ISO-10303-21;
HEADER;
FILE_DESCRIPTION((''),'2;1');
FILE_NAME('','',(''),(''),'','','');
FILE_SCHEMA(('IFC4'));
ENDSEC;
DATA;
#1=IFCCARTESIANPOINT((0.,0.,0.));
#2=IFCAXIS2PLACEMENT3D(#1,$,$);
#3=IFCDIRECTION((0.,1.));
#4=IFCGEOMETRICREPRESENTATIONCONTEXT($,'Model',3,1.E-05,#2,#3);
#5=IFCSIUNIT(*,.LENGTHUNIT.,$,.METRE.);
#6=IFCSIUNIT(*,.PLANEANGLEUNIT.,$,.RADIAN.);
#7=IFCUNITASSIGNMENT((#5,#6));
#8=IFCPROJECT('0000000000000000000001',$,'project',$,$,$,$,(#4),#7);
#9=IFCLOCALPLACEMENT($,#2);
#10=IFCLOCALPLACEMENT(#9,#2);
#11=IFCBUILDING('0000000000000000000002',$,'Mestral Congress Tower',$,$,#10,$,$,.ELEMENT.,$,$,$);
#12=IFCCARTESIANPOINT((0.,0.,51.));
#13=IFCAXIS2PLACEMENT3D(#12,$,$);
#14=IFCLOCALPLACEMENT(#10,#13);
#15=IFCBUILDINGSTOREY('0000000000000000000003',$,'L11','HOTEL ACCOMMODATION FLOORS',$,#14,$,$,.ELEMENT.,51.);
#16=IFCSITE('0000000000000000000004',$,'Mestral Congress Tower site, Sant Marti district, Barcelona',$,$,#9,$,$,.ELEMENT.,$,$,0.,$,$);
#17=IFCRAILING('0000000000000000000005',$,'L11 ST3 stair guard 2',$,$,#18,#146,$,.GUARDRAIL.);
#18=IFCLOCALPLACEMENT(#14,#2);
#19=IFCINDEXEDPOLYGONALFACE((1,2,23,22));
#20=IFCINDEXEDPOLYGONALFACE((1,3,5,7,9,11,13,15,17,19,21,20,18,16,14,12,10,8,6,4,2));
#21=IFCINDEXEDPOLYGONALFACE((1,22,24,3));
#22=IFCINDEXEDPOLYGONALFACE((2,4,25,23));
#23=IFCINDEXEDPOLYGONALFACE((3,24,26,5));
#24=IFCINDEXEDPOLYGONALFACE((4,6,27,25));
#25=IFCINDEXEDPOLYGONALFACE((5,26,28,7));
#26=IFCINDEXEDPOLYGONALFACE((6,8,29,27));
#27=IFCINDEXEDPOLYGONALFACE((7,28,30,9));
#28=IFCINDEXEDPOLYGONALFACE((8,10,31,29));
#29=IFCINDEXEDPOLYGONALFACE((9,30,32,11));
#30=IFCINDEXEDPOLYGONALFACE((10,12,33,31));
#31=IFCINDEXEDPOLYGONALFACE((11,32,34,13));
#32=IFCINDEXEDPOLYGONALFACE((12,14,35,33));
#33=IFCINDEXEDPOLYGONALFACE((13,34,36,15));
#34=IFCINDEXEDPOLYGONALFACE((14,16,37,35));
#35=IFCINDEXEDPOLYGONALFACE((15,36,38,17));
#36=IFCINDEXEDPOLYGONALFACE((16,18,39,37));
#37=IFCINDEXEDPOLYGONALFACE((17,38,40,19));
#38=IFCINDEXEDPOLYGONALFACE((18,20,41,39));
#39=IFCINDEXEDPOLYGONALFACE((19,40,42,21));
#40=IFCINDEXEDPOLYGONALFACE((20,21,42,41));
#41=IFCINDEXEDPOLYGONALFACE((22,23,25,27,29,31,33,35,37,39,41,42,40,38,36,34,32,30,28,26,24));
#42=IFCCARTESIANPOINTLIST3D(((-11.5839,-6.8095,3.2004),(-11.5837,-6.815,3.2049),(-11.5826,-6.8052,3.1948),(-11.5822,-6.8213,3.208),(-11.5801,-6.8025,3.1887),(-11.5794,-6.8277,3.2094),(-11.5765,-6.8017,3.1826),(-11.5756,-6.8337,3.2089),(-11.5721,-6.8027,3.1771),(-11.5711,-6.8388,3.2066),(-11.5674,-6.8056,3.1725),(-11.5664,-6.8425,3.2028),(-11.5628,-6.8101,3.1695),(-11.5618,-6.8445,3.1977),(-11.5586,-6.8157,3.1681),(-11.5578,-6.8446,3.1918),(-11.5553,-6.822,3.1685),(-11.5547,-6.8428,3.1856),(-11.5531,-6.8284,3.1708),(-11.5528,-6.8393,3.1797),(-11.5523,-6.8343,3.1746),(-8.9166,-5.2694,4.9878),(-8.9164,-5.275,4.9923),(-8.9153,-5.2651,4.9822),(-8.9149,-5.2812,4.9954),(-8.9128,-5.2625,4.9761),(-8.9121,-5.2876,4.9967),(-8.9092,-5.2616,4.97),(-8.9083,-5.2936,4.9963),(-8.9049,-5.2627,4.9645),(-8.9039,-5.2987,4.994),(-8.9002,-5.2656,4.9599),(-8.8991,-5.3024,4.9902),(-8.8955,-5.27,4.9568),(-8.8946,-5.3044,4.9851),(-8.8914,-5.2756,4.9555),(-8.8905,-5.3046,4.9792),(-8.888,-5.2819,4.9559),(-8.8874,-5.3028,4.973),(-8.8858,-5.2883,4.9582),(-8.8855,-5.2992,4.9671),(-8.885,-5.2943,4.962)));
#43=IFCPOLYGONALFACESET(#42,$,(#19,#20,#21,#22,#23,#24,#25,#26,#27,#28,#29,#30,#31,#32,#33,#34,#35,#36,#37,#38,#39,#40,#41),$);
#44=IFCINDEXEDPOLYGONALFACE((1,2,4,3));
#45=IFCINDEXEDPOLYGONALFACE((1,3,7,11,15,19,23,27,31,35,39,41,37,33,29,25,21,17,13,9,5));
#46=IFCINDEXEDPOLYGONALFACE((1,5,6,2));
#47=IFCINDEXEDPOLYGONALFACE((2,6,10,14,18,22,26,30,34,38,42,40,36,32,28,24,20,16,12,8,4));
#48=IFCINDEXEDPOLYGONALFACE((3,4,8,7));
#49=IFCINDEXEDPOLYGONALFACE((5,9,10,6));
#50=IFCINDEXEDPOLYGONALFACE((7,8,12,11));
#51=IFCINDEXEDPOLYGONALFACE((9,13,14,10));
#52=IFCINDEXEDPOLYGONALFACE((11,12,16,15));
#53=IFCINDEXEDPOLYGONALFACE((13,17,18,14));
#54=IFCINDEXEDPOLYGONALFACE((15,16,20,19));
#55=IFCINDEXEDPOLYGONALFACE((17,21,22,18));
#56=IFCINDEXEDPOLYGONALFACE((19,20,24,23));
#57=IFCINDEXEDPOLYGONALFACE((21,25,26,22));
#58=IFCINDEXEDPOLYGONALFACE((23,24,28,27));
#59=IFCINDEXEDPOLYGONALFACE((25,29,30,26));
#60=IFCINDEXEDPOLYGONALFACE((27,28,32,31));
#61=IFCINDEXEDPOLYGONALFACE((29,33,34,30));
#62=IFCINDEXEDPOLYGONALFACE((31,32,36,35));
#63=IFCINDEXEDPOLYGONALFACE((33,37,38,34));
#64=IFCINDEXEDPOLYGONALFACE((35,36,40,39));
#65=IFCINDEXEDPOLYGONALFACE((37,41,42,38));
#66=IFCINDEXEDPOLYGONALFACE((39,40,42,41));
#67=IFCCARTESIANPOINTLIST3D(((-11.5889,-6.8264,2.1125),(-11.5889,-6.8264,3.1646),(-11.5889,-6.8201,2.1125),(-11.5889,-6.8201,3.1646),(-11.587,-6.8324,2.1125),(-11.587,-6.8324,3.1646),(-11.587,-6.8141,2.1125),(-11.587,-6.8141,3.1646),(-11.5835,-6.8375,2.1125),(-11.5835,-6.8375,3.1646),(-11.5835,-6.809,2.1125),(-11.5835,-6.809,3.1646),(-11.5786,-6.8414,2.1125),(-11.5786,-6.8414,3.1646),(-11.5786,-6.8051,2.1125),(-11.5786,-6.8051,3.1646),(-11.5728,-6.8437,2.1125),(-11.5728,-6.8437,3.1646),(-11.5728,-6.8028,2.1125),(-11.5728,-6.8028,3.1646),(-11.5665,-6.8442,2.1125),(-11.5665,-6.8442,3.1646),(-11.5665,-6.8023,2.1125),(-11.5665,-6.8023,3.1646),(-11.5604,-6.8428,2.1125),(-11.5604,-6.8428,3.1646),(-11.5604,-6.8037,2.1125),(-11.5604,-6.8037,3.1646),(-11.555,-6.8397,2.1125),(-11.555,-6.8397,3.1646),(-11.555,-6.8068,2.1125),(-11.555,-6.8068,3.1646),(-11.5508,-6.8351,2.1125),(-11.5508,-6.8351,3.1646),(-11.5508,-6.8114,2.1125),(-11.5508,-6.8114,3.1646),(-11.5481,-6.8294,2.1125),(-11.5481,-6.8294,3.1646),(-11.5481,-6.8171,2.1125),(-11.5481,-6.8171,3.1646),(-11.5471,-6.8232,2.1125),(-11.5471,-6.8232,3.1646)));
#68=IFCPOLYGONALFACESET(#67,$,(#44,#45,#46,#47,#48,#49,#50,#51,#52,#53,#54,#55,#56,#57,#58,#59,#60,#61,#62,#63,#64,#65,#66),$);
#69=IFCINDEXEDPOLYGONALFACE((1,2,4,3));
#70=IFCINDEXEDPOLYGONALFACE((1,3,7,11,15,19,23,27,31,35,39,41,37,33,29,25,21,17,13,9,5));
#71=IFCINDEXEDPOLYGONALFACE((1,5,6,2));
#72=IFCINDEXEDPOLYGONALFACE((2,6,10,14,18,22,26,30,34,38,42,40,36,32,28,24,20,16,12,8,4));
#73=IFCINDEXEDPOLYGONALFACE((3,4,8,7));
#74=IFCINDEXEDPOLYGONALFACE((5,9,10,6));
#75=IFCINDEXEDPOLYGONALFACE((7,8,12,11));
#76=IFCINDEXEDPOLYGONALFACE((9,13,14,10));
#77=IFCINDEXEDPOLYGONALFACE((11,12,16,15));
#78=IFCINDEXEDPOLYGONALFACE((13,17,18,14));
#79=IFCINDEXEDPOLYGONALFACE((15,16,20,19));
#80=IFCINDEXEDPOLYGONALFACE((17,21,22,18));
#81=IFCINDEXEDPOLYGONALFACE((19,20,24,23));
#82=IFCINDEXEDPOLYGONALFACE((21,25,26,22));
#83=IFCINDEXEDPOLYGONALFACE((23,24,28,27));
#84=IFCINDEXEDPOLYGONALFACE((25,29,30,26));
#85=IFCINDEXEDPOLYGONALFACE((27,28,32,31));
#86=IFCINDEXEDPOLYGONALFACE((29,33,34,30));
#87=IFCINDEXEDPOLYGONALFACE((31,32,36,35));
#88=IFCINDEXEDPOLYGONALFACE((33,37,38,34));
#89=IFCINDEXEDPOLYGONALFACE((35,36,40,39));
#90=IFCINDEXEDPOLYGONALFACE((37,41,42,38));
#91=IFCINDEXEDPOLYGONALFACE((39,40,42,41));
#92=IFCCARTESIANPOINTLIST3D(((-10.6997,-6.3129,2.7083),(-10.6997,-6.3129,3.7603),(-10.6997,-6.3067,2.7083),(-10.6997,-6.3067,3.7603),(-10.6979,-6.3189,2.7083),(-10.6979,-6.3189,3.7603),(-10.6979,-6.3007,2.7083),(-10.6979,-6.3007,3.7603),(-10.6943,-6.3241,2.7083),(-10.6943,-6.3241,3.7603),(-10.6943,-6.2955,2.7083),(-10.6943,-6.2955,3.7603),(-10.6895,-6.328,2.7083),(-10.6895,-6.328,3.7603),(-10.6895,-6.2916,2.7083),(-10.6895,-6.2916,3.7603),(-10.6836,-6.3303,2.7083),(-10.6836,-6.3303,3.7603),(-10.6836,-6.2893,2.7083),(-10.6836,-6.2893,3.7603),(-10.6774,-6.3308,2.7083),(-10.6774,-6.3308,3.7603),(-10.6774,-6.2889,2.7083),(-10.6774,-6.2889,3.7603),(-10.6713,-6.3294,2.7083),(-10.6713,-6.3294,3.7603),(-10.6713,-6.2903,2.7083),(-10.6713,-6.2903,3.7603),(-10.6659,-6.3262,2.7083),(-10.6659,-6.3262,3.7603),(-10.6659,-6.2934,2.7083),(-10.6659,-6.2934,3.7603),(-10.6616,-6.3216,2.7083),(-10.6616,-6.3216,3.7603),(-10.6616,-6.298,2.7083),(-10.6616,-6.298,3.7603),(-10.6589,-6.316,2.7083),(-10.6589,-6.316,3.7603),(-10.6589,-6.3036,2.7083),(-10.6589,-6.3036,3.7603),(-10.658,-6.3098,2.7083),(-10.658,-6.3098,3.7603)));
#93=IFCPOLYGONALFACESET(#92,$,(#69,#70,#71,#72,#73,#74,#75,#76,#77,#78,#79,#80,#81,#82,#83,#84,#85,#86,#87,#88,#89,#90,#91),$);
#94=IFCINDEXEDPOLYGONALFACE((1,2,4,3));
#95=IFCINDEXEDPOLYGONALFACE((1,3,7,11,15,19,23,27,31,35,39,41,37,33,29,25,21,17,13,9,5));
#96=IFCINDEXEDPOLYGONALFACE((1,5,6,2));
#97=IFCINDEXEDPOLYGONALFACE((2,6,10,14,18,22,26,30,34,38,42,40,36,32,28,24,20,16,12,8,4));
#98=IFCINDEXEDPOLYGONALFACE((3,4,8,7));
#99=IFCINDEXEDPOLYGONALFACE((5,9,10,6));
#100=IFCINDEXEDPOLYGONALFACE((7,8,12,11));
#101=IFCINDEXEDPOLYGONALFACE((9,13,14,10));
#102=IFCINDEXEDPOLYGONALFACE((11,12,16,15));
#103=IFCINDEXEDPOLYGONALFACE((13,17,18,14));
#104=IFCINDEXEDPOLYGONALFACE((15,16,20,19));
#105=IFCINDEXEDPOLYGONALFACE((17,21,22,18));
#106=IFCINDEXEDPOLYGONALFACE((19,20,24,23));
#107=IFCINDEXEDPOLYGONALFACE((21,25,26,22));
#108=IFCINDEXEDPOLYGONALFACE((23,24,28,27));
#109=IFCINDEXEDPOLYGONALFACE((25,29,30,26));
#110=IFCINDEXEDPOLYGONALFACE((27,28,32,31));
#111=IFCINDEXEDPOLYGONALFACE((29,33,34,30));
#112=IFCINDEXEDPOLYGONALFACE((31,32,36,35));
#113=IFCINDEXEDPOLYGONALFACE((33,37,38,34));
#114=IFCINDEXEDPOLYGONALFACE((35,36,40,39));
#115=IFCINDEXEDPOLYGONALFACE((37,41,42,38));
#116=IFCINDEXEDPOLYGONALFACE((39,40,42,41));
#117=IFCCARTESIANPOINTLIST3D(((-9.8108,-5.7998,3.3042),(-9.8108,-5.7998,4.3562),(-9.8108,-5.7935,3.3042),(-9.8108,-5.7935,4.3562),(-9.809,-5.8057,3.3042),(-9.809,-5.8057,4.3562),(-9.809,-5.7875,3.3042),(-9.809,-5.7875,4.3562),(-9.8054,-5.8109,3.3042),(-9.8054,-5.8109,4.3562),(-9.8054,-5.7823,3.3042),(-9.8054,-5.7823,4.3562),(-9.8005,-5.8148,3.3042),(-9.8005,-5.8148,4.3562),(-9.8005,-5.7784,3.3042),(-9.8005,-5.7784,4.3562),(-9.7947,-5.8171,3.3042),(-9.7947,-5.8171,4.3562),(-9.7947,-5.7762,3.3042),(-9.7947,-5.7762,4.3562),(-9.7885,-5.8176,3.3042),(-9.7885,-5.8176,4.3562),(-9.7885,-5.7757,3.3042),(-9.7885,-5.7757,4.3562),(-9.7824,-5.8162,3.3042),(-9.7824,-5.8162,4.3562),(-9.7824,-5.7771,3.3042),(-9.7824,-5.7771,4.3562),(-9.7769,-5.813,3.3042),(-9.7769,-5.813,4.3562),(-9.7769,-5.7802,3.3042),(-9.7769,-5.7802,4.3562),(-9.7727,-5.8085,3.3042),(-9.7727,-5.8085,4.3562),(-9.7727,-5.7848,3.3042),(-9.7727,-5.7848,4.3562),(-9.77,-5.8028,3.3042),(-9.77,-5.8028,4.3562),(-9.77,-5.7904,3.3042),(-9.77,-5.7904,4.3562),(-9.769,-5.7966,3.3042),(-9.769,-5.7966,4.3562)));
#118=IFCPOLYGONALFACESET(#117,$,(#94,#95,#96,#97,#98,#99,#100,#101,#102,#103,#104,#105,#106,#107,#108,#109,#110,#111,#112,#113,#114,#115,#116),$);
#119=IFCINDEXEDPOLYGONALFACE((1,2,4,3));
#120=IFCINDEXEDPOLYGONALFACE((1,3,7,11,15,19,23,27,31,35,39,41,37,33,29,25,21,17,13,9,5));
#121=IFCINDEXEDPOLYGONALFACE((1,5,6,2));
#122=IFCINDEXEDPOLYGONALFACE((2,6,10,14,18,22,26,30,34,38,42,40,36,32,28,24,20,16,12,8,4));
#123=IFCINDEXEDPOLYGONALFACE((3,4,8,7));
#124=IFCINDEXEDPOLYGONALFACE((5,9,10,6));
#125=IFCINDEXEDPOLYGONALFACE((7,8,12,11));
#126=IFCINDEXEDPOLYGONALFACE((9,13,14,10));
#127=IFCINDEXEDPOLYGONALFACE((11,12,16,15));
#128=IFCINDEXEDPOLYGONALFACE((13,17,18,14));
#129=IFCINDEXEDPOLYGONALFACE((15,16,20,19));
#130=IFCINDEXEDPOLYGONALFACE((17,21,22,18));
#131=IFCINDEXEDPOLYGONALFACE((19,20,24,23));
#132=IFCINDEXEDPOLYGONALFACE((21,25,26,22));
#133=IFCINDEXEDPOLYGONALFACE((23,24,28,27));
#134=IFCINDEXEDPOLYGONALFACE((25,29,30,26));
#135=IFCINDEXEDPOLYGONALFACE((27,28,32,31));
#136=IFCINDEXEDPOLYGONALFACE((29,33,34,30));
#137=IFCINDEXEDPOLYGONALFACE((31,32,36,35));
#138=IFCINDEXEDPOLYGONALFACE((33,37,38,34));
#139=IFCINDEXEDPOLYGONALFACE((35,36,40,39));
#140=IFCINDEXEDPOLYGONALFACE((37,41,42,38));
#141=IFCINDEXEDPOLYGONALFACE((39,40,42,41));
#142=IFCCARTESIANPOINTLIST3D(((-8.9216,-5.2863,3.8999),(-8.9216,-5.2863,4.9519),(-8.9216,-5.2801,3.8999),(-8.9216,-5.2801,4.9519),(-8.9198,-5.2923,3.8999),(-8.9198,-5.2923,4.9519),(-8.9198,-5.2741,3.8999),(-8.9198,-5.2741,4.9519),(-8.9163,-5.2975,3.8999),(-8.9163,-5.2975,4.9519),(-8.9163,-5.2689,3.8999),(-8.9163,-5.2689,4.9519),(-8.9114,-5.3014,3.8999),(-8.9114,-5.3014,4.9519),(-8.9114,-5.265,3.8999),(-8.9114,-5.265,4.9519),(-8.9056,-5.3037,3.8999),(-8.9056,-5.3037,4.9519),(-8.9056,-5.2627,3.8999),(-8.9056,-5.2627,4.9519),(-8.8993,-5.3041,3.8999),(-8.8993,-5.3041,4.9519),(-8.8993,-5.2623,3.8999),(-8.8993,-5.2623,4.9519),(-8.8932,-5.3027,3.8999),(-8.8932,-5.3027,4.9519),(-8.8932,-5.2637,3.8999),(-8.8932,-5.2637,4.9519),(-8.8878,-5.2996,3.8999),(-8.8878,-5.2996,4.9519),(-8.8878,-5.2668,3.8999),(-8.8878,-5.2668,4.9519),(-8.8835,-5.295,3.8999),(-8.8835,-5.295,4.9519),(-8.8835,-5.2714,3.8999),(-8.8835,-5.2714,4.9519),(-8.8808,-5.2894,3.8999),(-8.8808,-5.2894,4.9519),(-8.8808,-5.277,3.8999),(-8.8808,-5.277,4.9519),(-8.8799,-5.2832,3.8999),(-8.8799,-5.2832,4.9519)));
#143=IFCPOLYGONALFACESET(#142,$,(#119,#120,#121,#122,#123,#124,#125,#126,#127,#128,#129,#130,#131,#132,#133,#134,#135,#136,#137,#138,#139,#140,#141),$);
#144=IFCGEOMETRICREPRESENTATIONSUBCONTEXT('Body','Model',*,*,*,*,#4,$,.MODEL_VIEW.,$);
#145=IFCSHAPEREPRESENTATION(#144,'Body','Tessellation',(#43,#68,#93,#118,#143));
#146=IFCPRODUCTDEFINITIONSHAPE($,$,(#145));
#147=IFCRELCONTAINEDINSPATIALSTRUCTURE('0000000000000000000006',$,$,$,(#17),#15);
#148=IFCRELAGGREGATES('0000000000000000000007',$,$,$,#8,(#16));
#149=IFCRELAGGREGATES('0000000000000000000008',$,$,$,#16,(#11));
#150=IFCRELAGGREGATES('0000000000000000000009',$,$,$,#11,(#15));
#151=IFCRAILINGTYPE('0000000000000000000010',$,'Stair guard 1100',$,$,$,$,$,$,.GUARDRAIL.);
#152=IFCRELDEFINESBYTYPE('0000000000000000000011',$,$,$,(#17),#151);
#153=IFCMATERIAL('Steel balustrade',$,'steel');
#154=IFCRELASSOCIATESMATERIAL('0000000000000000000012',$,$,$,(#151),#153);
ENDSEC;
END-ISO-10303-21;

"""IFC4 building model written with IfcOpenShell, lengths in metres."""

from ifc_helpers import new_model, si_unit, direction, frame, origin, origin_2d, place, context, subcontext, project, spatial, circle, extrude, material, type_object, element, save


model = new_model("IFC4")

# Units and contexts
model_context = context("Model", 3, precision=1e-05, world=origin(), true_north=direction((0.0, 1.0)))
body_context = subcontext(model_context, "Body", "Model", "MODEL_VIEW")
ifc_project = project(units=[si_unit("LENGTHUNIT", "METRE"), si_unit("PLANEANGLEUNIT", "RADIAN")], contexts=[model_context])

# Site, building, storey
site_placement = place(None, origin())
site = spatial("IfcSite", under=ifc_project, at=site_placement, Name="Mestral Congress Tower site, Sant Marti district, Barcelona", CompositionType="ELEMENT", RefElevation=0.0)
building_placement = place(site_placement, origin())
building = spatial("IfcBuilding", under=site, at=building_placement, Name="Mestral Congress Tower", CompositionType="ELEMENT")
storey_placement = place(building_placement, frame((0.0, 0.0, 51.0)))
storey = spatial("IfcBuildingStorey", under=building, at=storey_placement, Name="L11", Description="HOTEL ACCOMMODATION FLOORS", CompositionType="ELEMENT", Elevation=51.0)

# Railing
ifc_material_1 = material(Name="Steel balustrade", Category="steel")
railing_type_1 = type_object("IfcRailingType", Name="Stair guard 1100", PredefinedType="GUARDRAIL", material=ifc_material_1)
railing_1_placement = place(storey_placement, frame((-11.5681, -6.8232, 2.1125)))
element("IfcRailing", 1, at=railing_1_placement, inside=storey, type_object=railing_type_1, Name="L11 ST3 stair guard 2", PredefinedType="GUARDRAIL", context=body_context, shape_type="SweptSolid", body=[
    extrude(circle(Radius=0.0239, at=origin_2d()), frame((0.0, 0.0, 1.0762), z_axis=(0.74902, 0.432477, 0.501929), x_axis=(-0.500027, 0.86601, 0.0)), (0.0, 0.0, 1.0), 3.561),
    extrude(circle(Radius=0.021, at=origin_2d()), origin(), (0.0, 0.0, 1.0), 1.052),
    extrude(circle(Radius=0.021, at=origin_2d()), frame((0.8892, 0.5134, 0.5957)), (0.0, 0.0, 1.0), 1.052),
    extrude(circle(Radius=0.021, at=origin_2d()), frame((1.7781, 1.0266, 1.1917)), (0.0, 0.0, 1.0), 1.052),
    extrude(circle(Radius=0.021, at=origin_2d()), frame((2.6672, 1.54, 1.7874)), (0.0, 0.0, 1.0), 1.052),
])

save(model, "model.ifc")
